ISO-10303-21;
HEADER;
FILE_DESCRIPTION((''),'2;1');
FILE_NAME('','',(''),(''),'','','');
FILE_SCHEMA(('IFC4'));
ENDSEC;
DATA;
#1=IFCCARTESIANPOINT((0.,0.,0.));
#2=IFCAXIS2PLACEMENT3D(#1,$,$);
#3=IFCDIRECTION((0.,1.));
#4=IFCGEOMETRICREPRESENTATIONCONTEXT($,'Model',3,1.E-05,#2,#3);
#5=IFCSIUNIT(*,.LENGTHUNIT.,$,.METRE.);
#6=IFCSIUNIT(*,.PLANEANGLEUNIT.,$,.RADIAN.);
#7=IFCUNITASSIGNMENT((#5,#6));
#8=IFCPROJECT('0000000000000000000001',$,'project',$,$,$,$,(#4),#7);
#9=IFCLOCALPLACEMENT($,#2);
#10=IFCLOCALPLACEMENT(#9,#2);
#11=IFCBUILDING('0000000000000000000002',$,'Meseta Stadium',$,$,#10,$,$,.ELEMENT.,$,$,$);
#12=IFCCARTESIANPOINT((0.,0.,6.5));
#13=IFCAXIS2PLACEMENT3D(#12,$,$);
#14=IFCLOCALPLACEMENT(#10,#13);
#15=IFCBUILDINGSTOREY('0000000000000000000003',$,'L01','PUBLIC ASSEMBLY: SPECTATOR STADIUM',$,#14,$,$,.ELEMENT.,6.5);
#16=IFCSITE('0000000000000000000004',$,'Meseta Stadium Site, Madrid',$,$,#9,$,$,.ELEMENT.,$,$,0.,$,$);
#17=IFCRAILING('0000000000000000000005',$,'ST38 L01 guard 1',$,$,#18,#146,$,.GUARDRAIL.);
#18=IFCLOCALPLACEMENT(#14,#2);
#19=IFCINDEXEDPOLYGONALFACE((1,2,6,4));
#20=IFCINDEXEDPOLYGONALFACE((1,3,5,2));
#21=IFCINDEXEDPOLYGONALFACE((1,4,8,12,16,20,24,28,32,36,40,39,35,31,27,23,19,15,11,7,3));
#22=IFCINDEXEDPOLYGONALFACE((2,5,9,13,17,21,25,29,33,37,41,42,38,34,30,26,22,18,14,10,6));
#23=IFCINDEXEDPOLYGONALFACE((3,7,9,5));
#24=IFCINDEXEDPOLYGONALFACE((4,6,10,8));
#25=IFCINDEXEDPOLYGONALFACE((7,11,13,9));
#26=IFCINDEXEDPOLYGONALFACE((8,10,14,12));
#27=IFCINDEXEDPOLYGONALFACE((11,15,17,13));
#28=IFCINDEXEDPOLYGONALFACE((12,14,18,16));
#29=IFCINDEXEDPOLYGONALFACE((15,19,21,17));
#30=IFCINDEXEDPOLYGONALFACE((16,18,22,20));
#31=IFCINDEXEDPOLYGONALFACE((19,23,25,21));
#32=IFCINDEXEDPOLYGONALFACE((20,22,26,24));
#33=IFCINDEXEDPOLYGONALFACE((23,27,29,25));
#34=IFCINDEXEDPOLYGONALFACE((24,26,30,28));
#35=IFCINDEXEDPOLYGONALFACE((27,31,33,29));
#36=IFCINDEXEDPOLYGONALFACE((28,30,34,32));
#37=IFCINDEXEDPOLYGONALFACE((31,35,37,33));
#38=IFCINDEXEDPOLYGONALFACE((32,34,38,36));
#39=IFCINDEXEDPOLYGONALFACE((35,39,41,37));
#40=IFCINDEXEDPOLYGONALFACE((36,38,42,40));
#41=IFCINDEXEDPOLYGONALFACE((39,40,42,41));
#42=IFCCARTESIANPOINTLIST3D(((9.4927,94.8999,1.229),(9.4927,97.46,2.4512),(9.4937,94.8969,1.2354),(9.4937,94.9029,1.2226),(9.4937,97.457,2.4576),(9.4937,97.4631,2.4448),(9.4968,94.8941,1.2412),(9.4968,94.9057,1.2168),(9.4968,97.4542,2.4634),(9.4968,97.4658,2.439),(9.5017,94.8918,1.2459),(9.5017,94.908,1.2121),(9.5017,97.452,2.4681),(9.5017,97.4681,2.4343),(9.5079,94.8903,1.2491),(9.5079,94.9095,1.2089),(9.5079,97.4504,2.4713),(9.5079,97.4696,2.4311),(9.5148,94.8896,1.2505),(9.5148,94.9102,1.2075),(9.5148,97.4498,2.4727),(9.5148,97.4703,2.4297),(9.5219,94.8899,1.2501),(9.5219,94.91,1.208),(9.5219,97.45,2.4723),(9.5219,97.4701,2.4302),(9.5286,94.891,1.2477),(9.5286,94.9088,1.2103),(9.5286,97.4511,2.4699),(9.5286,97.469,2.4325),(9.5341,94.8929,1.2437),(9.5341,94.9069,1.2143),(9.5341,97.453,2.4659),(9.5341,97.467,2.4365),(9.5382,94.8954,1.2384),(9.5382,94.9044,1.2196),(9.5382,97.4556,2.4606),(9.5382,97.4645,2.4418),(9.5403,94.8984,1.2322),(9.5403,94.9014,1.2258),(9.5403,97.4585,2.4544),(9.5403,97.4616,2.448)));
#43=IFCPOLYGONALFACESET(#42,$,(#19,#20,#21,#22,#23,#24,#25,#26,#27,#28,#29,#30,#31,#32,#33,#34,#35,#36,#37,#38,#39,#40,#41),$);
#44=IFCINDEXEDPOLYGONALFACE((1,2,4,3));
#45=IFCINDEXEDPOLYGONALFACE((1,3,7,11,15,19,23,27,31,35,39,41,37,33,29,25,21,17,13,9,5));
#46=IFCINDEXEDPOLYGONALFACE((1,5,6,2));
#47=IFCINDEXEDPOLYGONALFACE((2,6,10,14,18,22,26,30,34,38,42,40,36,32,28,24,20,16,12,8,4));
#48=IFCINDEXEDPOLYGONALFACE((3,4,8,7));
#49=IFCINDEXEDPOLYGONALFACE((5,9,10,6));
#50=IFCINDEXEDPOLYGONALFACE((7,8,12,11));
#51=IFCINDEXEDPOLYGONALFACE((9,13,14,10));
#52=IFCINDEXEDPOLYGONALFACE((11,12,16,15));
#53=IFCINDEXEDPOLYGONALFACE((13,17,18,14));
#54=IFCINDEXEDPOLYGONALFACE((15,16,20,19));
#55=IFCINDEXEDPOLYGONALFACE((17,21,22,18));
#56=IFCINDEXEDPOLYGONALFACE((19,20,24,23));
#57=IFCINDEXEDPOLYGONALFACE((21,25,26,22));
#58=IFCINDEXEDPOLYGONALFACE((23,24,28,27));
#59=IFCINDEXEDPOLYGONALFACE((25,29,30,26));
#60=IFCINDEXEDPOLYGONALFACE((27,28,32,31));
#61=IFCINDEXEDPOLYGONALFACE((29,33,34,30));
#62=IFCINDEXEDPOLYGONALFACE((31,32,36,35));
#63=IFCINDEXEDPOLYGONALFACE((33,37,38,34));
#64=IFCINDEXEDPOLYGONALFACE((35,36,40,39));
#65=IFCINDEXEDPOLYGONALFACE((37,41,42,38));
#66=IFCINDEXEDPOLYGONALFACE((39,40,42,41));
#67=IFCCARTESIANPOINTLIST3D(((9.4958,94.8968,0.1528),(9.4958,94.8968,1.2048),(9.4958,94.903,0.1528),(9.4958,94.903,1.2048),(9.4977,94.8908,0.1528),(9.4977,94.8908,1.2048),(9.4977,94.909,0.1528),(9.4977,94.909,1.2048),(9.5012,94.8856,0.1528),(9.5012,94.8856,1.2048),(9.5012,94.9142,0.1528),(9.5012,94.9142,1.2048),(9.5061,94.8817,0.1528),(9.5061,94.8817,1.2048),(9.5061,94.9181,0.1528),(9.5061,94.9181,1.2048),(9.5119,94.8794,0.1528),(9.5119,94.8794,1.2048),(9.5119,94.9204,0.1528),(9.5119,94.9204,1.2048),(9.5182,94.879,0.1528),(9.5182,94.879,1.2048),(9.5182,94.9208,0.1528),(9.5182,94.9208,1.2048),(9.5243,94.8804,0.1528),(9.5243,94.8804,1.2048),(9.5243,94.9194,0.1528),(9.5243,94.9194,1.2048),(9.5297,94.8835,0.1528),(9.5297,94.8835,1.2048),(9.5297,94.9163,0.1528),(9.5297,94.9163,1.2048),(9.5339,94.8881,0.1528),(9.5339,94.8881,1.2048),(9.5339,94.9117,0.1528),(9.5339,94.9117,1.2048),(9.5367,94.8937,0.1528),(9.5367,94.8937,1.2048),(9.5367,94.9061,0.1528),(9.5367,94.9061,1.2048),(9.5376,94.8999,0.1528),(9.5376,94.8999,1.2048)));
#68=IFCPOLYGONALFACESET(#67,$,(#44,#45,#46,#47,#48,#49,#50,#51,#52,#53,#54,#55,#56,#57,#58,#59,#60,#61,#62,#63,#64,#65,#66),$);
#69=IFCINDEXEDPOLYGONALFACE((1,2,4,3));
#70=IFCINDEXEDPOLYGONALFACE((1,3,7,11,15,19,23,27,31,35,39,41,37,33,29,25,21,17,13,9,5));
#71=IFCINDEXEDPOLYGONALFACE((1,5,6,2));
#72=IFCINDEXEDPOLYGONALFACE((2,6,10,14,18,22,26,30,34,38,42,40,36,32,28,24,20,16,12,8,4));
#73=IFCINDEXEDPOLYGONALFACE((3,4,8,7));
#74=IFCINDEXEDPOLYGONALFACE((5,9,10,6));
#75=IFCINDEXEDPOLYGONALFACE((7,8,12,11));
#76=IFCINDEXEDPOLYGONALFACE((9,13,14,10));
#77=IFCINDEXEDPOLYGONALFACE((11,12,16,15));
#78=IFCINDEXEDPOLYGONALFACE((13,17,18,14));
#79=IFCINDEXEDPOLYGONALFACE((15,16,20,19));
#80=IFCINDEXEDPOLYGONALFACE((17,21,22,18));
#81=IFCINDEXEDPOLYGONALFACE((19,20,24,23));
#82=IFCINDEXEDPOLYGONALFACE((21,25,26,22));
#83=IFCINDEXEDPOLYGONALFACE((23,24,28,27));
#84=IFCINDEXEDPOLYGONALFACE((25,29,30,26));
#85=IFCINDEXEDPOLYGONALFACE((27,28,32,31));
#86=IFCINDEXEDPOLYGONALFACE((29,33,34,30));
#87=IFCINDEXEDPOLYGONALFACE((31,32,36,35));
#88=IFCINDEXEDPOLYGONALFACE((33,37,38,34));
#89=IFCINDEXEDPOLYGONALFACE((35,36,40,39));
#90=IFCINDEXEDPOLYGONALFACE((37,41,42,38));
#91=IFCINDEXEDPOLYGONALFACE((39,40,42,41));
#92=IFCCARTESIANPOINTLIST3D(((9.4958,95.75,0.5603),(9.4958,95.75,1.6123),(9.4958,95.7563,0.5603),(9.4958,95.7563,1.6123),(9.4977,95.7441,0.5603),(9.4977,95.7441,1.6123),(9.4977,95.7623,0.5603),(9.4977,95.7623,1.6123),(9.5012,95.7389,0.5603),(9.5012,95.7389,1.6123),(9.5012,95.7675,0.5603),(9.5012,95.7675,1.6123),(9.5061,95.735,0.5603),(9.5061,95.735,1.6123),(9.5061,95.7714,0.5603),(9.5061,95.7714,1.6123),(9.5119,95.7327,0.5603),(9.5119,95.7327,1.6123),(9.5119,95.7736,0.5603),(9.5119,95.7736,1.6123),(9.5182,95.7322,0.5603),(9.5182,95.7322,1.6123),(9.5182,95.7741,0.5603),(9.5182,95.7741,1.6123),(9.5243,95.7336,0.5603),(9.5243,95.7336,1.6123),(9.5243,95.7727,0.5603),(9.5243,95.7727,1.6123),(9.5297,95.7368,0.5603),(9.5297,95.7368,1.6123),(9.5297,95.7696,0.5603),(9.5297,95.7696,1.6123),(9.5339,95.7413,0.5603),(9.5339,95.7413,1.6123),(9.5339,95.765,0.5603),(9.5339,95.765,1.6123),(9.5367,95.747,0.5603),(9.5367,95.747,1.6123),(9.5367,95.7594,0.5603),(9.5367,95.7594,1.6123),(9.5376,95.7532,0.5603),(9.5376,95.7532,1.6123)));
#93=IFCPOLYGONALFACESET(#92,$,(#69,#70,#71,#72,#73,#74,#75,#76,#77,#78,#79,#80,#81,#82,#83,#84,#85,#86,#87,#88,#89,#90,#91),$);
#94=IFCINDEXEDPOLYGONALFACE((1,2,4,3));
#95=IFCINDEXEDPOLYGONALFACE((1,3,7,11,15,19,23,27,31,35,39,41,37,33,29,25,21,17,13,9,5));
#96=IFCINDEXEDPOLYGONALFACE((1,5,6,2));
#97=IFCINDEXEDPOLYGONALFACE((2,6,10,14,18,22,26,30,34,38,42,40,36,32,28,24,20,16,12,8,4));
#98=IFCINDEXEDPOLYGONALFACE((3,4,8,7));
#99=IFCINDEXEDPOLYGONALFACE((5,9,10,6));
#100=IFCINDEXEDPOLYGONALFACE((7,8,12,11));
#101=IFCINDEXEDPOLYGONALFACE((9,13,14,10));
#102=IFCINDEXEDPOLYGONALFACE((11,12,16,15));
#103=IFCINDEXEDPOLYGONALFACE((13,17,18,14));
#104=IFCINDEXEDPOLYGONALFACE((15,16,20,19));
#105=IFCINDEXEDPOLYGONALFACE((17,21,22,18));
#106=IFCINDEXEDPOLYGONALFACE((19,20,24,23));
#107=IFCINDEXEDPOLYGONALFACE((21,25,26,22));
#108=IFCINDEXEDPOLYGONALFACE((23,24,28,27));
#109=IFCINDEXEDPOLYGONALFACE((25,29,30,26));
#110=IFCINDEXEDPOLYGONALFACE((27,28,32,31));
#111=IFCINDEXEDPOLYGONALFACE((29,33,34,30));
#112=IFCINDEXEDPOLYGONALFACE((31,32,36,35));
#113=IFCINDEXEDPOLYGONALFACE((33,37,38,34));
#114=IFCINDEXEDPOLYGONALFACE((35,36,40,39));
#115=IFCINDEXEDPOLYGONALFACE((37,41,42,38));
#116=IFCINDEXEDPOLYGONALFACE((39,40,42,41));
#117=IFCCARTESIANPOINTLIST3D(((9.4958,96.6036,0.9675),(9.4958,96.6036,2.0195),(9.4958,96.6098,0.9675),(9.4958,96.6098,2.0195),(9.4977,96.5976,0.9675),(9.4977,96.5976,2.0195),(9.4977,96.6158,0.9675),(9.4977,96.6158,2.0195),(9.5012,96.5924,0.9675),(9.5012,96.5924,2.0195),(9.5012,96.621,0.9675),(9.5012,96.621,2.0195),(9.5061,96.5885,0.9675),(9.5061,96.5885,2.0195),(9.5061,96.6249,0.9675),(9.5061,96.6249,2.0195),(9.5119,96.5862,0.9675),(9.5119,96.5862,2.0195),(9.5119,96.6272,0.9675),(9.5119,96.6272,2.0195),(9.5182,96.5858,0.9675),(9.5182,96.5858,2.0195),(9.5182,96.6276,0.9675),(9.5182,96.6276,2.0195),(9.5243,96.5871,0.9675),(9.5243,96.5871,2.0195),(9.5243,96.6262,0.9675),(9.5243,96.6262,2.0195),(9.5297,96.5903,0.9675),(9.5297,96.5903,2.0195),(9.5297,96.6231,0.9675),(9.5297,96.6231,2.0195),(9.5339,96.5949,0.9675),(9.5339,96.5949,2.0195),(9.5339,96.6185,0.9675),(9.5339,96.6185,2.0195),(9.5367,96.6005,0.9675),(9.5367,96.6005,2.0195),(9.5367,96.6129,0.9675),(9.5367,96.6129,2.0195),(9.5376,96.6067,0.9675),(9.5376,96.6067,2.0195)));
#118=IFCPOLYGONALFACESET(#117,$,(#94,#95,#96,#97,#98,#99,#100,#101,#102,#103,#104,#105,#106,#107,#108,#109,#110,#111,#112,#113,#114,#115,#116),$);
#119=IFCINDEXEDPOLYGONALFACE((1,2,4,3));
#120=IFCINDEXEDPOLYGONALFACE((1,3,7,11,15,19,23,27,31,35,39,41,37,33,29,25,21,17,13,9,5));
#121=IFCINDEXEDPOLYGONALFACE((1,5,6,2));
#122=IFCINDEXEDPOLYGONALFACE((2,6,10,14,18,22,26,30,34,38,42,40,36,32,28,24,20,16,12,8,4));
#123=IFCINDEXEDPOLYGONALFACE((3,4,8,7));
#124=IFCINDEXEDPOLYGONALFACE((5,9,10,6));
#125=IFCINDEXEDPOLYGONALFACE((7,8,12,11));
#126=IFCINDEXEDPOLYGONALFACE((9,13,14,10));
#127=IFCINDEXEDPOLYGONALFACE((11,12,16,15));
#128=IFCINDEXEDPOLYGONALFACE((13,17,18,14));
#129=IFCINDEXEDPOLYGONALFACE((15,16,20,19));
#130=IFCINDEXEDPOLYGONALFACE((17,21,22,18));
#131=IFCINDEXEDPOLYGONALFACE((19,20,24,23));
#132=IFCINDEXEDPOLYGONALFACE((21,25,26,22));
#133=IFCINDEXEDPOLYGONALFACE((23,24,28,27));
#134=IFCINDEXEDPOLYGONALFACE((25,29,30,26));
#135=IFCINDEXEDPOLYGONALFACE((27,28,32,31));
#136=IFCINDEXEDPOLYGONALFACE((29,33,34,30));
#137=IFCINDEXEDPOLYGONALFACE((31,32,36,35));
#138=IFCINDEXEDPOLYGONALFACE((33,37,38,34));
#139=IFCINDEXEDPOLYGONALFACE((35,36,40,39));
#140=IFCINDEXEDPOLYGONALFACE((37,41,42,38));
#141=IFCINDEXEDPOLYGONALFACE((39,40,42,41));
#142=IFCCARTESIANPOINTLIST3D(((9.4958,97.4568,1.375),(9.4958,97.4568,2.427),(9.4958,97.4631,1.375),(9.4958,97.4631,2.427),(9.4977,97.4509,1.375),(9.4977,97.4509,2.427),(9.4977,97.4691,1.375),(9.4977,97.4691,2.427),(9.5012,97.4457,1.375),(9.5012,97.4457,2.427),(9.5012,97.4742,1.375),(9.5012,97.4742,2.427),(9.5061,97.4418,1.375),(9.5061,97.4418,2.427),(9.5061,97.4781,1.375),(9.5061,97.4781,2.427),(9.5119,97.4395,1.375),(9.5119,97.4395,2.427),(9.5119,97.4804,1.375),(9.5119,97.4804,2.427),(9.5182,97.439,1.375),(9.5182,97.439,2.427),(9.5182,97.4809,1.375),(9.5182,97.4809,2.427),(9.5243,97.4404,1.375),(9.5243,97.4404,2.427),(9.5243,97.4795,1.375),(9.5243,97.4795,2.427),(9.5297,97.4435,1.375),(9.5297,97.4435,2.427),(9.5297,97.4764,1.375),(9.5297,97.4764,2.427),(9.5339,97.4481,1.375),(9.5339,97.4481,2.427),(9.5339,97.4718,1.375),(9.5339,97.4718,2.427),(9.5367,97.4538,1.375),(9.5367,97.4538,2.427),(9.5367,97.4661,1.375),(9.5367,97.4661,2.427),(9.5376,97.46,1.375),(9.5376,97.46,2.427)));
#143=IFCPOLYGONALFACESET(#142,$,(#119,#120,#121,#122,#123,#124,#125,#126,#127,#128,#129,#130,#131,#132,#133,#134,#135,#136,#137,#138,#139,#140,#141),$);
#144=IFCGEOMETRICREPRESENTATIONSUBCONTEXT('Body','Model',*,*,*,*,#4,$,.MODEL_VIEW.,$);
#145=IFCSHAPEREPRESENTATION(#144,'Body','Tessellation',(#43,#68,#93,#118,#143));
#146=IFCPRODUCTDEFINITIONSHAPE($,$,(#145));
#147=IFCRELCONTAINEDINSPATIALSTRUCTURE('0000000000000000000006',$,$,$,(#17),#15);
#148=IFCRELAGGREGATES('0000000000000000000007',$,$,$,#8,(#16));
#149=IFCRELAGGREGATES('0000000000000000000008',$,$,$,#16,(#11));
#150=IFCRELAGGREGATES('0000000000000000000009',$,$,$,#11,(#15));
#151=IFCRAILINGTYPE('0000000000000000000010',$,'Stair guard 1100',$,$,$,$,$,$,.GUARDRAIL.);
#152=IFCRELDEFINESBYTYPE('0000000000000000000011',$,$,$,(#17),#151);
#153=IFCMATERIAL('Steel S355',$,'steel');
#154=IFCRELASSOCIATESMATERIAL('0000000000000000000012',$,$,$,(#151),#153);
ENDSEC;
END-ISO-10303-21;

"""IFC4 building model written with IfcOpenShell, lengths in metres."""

from ifc_helpers import new_model, si_unit, direction, frame, origin, origin_2d, place, context, subcontext, project, spatial, circle, extrude, material, type_object, element, save


model = new_model("IFC4")

# Units and contexts
model_context = context("Model", 3, precision=1e-05, world=origin(), true_north=direction((0.0, 1.0)))
body_context = subcontext(model_context, "Body", "Model", "MODEL_VIEW")
ifc_project = project(units=[si_unit("LENGTHUNIT", "METRE"), si_unit("PLANEANGLEUNIT", "RADIAN")], contexts=[model_context])

# Site, building, storey
site_placement = place(None, origin())
site = spatial("IfcSite", under=ifc_project, at=site_placement, Name="Meseta Stadium Site, Madrid", CompositionType="ELEMENT", RefElevation=0.0)
building_placement = place(site_placement, origin())
building = spatial("IfcBuilding", under=site, at=building_placement, Name="Meseta Stadium", CompositionType="ELEMENT")
storey_placement = place(building_placement, frame((0.0, 0.0, 6.5)))
storey = spatial("IfcBuildingStorey", under=building, at=storey_placement, Name="L01", Description="PUBLIC ASSEMBLY: SPECTATOR STADIUM", CompositionType="ELEMENT", Elevation=6.5)

# Railing
ifc_material_1 = material(Name="Steel S355", Category="steel")
railing_type_1 = type_object("IfcRailingType", Name="Stair guard 1100", PredefinedType="GUARDRAIL", material=ifc_material_1)
railing_1_placement = place(storey_placement, frame((9.5166, 94.8999, 0.1528)))
element("IfcRailing", 1, at=railing_1_placement, inside=storey, type_object=railing_type_1, Name="ST38 L01 guard 1", PredefinedType="GUARDRAIL", context=body_context, shape_type="SweptSolid", body=[
    extrude(circle(Radius=0.0239, at=origin_2d()), frame((0.0, 0.0, 1.0762), z_axis=(0.0, 0.902437, 0.430822), x_axis=(-1.0, 0.0, 0.0)), (0.0, 0.0, 1.0), 2.8369),
    extrude(circle(Radius=0.021, at=origin_2d()), origin(), (0.0, 0.0, 1.0), 1.052),
    extrude(circle(Radius=0.021, at=origin_2d()), frame((0.0, 0.8533, 0.4075)), (0.0, 0.0, 1.0), 1.052),
    extrude(circle(Radius=0.021, at=origin_2d()), frame((0.0, 1.7068, 0.8147)), (0.0, 0.0, 1.0), 1.052),
    extrude(circle(Radius=0.021, at=origin_2d()), frame((0.0, 2.5601, 1.2222)), (0.0, 0.0, 1.0), 1.052),
])

save(model, "model.ifc")
